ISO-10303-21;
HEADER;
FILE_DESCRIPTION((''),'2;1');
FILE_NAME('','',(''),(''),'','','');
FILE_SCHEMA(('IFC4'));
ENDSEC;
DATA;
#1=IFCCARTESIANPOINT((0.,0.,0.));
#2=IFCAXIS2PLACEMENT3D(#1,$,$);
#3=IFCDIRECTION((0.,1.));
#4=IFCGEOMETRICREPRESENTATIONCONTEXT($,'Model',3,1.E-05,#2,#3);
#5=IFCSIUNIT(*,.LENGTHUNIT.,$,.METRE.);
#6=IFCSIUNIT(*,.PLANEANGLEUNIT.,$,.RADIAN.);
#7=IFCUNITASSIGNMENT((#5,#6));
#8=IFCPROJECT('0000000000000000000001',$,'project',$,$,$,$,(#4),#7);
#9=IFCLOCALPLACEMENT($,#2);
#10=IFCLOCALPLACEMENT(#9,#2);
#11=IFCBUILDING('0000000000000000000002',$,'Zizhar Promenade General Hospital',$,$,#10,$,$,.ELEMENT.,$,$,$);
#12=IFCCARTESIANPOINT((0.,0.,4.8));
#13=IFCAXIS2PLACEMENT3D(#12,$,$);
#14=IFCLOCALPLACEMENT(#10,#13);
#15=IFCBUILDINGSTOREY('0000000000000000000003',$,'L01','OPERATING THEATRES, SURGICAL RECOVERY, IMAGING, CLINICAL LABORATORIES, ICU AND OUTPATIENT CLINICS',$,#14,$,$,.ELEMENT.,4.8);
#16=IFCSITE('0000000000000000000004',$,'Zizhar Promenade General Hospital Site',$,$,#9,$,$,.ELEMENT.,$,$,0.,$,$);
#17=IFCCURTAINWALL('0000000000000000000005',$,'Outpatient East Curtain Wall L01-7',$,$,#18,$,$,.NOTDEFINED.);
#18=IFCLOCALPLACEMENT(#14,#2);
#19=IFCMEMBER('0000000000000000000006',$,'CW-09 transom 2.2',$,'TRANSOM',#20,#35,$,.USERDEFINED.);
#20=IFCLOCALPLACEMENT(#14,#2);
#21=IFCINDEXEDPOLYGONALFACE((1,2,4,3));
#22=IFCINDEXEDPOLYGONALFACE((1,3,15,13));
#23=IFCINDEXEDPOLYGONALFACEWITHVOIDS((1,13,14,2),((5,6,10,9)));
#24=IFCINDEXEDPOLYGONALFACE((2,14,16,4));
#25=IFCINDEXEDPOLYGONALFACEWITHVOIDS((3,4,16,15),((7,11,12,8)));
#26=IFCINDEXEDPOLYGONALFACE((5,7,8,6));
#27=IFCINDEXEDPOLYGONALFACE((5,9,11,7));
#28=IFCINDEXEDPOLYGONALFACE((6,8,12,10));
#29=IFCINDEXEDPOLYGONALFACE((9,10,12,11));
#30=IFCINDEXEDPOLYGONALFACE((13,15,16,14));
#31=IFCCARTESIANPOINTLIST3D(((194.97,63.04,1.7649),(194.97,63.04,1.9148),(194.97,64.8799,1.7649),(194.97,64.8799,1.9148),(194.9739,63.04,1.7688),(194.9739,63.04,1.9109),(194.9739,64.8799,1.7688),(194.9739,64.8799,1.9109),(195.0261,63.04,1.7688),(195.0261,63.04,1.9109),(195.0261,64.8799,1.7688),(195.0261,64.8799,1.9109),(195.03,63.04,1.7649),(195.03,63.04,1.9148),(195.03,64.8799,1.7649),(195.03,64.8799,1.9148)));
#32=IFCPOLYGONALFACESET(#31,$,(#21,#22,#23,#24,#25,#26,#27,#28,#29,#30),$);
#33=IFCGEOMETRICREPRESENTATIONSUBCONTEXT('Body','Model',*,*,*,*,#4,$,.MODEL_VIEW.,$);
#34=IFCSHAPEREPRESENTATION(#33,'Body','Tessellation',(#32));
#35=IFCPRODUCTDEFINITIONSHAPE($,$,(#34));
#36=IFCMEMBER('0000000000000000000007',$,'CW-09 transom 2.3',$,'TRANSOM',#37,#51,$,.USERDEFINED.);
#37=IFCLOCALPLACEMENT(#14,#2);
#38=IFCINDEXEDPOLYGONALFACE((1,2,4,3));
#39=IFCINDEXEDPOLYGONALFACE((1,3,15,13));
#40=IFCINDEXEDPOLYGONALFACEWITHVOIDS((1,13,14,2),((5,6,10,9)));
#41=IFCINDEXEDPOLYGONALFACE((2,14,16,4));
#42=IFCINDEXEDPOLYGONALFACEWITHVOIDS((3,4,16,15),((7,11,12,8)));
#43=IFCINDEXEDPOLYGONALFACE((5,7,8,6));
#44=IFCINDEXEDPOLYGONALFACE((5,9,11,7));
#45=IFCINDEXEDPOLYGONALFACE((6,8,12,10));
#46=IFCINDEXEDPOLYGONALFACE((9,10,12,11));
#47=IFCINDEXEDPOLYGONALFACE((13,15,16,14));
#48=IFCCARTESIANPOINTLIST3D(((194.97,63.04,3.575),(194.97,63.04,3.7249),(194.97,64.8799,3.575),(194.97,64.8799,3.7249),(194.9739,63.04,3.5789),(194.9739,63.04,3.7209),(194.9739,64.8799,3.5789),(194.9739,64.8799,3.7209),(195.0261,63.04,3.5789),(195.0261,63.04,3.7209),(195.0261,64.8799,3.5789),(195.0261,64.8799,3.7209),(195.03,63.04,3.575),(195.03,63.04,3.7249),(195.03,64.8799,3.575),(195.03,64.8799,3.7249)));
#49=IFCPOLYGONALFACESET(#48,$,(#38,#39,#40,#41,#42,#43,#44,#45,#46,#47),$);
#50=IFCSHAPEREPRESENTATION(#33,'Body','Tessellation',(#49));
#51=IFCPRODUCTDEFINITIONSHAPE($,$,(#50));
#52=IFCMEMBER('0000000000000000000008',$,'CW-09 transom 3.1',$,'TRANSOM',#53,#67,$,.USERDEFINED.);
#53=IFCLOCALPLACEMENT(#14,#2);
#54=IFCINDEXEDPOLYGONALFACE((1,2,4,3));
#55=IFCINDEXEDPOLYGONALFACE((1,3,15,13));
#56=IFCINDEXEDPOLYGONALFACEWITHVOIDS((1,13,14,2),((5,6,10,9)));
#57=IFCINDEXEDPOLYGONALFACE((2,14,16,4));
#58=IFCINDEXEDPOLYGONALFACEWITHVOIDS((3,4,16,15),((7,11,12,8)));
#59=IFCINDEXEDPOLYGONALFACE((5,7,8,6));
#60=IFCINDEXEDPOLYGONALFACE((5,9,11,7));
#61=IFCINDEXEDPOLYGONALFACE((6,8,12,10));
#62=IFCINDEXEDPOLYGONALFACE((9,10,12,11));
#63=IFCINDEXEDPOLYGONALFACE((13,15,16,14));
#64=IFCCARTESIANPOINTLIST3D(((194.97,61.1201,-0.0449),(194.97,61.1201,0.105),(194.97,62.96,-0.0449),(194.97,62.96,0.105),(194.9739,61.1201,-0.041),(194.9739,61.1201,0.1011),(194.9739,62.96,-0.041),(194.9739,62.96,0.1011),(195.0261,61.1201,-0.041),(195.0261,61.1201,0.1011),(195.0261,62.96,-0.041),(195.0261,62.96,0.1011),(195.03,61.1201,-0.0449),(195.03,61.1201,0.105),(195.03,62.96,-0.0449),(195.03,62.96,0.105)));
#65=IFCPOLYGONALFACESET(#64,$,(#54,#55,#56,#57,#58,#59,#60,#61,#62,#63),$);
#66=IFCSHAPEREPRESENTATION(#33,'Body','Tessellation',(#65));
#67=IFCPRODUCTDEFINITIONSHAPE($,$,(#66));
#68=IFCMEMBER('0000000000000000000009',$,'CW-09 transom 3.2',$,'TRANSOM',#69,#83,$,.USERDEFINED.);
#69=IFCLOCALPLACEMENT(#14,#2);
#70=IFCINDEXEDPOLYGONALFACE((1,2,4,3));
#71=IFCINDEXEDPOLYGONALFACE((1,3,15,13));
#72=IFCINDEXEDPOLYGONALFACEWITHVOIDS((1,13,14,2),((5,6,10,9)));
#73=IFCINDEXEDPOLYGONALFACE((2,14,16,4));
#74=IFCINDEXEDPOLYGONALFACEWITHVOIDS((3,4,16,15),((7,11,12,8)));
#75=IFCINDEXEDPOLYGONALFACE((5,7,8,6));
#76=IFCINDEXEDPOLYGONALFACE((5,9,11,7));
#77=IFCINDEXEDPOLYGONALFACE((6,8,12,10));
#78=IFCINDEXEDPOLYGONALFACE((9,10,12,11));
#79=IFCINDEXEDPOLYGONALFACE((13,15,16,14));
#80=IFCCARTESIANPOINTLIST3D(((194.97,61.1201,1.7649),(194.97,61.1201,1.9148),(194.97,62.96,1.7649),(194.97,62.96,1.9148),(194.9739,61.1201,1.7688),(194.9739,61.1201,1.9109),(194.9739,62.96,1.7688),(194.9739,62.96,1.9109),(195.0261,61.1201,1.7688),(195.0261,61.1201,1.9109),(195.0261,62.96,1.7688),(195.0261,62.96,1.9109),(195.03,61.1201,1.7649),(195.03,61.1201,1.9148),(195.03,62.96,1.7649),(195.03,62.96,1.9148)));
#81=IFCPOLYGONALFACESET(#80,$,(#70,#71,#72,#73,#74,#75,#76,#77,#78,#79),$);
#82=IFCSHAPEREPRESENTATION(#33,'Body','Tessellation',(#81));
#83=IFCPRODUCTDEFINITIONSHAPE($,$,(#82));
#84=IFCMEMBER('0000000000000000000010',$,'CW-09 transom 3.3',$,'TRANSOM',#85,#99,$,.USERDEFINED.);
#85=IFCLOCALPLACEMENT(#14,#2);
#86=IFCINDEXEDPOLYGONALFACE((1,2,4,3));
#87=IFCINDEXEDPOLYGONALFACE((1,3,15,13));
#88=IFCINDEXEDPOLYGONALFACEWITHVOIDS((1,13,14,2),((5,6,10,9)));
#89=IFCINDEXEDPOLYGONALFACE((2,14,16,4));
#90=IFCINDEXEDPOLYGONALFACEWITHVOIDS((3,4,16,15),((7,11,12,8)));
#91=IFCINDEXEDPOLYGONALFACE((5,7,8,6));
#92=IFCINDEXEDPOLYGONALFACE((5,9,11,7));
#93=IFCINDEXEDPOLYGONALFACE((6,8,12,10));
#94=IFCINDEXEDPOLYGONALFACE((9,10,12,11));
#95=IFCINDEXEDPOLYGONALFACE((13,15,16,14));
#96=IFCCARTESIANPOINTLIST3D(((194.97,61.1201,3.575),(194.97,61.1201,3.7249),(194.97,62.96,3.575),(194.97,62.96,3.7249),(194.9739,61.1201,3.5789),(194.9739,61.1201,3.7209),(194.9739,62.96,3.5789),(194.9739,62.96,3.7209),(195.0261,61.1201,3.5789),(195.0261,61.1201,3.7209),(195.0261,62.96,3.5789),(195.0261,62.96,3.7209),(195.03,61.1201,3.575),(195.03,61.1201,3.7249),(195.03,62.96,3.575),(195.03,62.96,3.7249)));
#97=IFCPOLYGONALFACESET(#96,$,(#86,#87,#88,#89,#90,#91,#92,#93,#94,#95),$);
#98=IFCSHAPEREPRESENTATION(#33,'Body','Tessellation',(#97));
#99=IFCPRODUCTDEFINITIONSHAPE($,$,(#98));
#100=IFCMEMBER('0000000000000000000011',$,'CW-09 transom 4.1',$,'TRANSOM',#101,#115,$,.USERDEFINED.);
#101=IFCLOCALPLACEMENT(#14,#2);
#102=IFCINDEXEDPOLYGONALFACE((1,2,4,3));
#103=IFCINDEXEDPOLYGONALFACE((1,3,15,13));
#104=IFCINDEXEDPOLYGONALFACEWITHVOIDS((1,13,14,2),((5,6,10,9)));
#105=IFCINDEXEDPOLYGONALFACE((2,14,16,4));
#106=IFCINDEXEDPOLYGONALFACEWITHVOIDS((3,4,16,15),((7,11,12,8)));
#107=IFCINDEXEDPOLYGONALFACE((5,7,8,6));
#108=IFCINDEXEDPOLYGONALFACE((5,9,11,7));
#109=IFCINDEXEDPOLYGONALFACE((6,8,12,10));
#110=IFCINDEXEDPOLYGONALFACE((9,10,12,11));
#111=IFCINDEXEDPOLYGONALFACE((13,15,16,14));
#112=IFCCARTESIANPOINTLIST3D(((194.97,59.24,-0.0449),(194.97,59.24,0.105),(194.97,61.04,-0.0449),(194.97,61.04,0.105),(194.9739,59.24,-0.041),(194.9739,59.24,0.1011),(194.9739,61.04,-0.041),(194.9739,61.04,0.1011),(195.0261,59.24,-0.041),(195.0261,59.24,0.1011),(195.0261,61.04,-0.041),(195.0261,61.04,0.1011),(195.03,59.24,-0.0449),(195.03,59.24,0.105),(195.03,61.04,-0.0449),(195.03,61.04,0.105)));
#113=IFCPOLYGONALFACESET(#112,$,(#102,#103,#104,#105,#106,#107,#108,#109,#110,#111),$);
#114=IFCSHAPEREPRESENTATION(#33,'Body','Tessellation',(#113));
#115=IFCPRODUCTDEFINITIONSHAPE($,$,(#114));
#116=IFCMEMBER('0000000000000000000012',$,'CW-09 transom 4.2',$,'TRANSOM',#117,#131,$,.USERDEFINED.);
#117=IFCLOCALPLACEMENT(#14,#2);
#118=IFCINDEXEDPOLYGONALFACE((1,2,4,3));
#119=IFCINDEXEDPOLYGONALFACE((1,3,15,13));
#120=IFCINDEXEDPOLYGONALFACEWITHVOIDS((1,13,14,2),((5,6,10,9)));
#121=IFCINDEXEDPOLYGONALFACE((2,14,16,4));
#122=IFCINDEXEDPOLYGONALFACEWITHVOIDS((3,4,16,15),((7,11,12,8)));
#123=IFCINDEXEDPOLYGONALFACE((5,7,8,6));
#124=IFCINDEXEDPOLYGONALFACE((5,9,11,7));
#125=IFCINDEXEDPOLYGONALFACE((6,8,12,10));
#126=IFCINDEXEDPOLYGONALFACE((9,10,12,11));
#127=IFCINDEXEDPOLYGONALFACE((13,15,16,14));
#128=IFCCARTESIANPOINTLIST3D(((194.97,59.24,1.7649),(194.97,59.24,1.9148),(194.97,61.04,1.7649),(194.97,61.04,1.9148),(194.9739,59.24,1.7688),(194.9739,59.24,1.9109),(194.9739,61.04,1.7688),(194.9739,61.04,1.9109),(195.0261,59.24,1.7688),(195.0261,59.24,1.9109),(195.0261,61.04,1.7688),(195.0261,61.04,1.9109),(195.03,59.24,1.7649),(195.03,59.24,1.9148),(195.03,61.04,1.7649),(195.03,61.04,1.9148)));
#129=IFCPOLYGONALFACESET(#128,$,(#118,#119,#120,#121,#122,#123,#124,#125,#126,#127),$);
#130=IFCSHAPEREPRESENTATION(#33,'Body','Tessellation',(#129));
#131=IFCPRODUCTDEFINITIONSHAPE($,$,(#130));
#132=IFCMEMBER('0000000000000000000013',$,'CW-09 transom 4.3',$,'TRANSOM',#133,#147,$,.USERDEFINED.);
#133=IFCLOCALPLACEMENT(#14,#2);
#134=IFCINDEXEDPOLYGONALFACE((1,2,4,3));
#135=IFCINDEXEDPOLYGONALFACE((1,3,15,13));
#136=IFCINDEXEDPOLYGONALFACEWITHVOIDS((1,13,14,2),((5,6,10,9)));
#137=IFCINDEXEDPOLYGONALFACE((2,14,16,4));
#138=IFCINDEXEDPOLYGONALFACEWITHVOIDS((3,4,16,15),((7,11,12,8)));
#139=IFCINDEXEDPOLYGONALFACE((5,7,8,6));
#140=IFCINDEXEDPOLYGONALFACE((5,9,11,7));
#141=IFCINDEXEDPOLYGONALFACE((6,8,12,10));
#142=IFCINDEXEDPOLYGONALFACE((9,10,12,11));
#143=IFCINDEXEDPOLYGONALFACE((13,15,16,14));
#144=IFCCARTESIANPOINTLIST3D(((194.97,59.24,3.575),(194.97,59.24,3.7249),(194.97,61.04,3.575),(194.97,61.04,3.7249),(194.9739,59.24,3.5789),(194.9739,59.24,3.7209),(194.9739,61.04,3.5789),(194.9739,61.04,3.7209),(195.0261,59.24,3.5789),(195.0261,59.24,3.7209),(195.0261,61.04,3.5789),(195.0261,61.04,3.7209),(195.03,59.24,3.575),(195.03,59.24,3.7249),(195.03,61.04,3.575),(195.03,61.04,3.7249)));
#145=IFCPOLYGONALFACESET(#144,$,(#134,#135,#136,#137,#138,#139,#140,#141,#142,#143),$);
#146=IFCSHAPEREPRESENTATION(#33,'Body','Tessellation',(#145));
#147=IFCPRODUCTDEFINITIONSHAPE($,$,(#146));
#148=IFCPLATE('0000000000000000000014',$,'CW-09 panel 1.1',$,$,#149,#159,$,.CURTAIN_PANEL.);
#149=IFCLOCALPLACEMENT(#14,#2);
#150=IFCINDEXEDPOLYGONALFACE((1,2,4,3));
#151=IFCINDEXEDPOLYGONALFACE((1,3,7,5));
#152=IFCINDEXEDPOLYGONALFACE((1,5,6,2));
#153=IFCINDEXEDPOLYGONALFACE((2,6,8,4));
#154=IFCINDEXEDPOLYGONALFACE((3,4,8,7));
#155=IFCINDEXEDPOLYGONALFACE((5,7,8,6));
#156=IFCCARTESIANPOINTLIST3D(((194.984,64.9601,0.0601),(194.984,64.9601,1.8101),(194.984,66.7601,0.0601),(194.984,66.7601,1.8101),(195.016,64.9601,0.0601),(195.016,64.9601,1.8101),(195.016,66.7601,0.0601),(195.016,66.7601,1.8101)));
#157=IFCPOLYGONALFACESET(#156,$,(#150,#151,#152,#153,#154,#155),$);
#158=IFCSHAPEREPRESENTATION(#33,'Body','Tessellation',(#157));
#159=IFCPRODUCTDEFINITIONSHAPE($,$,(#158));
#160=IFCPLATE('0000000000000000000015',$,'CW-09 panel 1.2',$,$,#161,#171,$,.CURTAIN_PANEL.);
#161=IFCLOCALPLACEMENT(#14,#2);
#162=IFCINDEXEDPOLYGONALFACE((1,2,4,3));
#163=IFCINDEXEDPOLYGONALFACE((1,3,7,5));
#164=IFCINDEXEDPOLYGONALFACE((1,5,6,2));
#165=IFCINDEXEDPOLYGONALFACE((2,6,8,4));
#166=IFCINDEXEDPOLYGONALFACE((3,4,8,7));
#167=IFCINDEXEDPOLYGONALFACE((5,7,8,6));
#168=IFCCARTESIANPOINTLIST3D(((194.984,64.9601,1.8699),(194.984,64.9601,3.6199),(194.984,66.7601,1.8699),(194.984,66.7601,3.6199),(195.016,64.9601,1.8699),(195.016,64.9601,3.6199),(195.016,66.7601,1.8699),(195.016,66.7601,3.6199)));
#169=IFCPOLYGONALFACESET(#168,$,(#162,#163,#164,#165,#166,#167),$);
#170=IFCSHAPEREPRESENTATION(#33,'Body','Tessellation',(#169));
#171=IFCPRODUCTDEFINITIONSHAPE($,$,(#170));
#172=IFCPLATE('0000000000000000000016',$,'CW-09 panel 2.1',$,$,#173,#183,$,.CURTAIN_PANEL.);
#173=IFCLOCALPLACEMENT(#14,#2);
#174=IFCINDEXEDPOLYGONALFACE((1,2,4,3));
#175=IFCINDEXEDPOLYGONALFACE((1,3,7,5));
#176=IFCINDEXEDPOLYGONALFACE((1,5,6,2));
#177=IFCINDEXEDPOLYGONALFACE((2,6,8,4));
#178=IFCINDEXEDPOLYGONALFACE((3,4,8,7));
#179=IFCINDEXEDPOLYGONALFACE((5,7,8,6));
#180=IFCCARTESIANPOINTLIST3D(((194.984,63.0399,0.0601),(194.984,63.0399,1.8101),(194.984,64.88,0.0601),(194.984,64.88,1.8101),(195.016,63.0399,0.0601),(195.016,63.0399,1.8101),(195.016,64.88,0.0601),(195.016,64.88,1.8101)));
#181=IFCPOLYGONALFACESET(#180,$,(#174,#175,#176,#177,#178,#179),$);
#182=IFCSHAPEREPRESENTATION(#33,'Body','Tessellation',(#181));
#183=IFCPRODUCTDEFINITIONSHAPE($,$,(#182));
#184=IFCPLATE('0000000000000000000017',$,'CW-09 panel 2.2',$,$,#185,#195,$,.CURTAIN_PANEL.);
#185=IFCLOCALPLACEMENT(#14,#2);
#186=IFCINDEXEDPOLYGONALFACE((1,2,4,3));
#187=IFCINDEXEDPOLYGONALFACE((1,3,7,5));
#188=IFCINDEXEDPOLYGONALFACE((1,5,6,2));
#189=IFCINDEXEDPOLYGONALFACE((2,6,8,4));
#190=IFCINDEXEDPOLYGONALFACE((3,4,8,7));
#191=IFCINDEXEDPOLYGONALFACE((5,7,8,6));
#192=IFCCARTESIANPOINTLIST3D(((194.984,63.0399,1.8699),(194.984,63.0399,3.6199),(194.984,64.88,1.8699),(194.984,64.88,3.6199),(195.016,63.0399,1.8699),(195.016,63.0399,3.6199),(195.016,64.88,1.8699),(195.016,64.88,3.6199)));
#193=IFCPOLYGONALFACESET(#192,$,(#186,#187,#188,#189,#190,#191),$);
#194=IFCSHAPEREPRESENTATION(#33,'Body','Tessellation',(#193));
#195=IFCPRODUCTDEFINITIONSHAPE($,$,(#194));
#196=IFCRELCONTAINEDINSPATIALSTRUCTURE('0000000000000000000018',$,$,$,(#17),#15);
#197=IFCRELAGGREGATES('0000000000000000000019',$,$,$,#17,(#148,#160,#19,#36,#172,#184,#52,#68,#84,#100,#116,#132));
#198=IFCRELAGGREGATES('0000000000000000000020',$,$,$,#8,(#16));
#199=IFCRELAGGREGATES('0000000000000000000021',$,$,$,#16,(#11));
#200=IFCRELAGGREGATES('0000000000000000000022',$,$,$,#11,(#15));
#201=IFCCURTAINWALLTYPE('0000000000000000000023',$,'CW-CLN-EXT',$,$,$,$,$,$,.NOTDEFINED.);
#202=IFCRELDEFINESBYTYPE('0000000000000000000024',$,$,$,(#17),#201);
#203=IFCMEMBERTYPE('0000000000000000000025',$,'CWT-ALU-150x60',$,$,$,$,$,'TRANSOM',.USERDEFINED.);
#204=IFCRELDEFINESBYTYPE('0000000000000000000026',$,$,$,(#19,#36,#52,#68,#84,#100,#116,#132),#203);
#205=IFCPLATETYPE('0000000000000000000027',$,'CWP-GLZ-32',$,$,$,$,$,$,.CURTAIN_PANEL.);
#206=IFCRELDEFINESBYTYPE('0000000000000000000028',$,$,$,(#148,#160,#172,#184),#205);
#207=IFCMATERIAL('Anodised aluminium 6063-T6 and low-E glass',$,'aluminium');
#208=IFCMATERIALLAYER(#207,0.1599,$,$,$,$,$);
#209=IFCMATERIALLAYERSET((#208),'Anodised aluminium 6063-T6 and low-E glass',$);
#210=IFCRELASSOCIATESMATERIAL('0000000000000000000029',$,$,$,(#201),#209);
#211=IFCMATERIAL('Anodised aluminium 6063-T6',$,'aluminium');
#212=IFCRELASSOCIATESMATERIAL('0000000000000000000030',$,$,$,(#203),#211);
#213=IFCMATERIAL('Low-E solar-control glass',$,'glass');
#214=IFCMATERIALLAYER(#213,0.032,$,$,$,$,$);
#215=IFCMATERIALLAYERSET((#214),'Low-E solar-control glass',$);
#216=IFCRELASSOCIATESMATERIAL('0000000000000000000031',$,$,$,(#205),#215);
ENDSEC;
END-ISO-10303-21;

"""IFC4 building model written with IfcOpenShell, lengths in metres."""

from ifc_helpers import new_model, si_unit, direction, frame, origin, origin_2d, place, context, subcontext, project, spatial, rectangle, hollow_rectangle, extrude, material, layer, layer_set, material_profile, profile_set, type_object, element, aggregate, save


model = new_model("IFC4")

# Units and contexts
model_context = context("Model", 3, precision=1e-05, world=origin(), true_north=direction((0.0, 1.0)))
body_context = subcontext(model_context, "Body", "Model", "MODEL_VIEW")
ifc_project = project(units=[si_unit("LENGTHUNIT", "METRE"), si_unit("PLANEANGLEUNIT", "RADIAN")], contexts=[model_context])

# Site, building, storey
site_placement = place(None, origin())
site = spatial("IfcSite", under=ifc_project, at=site_placement, Name="Zizhar Promenade General Hospital Site", CompositionType="ELEMENT", RefElevation=0.0)
building_placement = place(site_placement, origin())
building = spatial("IfcBuilding", under=site, at=building_placement, Name="Zizhar Promenade General Hospital", CompositionType="ELEMENT")
storey_placement = place(building_placement, frame((0.0, 0.0, 4.8)))
storey = spatial("IfcBuildingStorey", under=building, at=storey_placement, Name="L01", Description="OPERATING THEATRES, SURGICAL RECOVERY, IMAGING, CLINICAL LABORATORIES, ICU AND OUTPATIENT CLINICS", CompositionType="ELEMENT", Elevation=4.8)

# Curtain wall, members, plates
ifc_material_1 = material(Name="Anodised aluminium 6063-T6 and low-E glass", Category="aluminium")
ifc_layer_1 = layer(ifc_material_1, 0.1599)
ifc_layer_set_1 = layer_set([ifc_layer_1], Name="Anodised aluminium 6063-T6 and low-E glass")
curtain_wall_type = type_object("IfcCurtainWallType", Name="CW-CLN-EXT", PredefinedType="NOTDEFINED", material=ifc_layer_set_1)
curtain_wall_placement = place(storey_placement, origin())
curtain_wall = element("IfcCurtainWall", 1, at=curtain_wall_placement, inside=storey, type_object=curtain_wall_type, Name="Outpatient East Curtain Wall L01-7", PredefinedType="NOTDEFINED")
ifc_material_2 = material(Name="Anodised aluminium 6063-T6", Category="aluminium")
ifc_material_profile_1 = material_profile(ifc_material_2, hollow_rectangle(XDim=0.0601, YDim=0.1499, WallThickness=0.0039, at=origin_2d()))
ifc_profile_set_1 = profile_set([ifc_material_profile_1], Name="Anodised aluminium 6063-T6")
member_type_1 = type_object("IfcMemberType", Name="CWT-ALU-150x60", ElementType="TRANSOM", PredefinedType="USERDEFINED", material=ifc_profile_set_1)
member_1_placement = place(storey_placement, frame((195.0, 64.8799, 1.8398), z_axis=(0.0, -1.0, 0.0), x_axis=(1.0, 0.0, 0.0)))
member_1 = element("IfcMember", 2, at=member_1_placement, type_object=member_type_1, Name="CW-09 transom 2.2", ObjectType="TRANSOM", PredefinedType="USERDEFINED", context=body_context, shape_type="SweptSolid", body=[
    extrude(hollow_rectangle(XDim=0.0601, YDim=0.1499, WallThickness=0.0039, at=origin_2d()), origin(), (0.0, 0.0, 1.0), 1.8398),
])
member_2_placement = place(storey_placement, frame((195.0, 64.8799, 3.6499), z_axis=(0.0, -1.0, 0.0), x_axis=(1.0, 0.0, 0.0)))
member_2 = element("IfcMember", 3, at=member_2_placement, type_object=member_type_1, Name="CW-09 transom 2.3", ObjectType="TRANSOM", PredefinedType="USERDEFINED", context=body_context, shape_type="SweptSolid", body=[
    extrude(hollow_rectangle(XDim=0.0601, YDim=0.1499, WallThickness=0.0039, at=origin_2d()), origin(), (0.0, 0.0, 1.0), 1.8398),
])
member_3_placement = place(storey_placement, frame((195.0, 62.96, 0.03), z_axis=(0.0, -1.0, 0.0), x_axis=(1.0, 0.0, 0.0)))
member_3 = element("IfcMember", 4, at=member_3_placement, type_object=member_type_1, Name="CW-09 transom 3.1", ObjectType="TRANSOM", PredefinedType="USERDEFINED", context=body_context, shape_type="SweptSolid", body=[
    extrude(hollow_rectangle(XDim=0.0601, YDim=0.1499, WallThickness=0.0039, at=origin_2d()), origin(), (0.0, 0.0, 1.0), 1.8398),
])
member_4_placement = place(storey_placement, frame((195.0, 62.96, 1.8398), z_axis=(0.0, -1.0, 0.0), x_axis=(1.0, 0.0, 0.0)))
member_4 = element("IfcMember", 5, at=member_4_placement, type_object=member_type_1, Name="CW-09 transom 3.2", ObjectType="TRANSOM", PredefinedType="USERDEFINED", context=body_context, shape_type="SweptSolid", body=[
    extrude(hollow_rectangle(XDim=0.0601, YDim=0.1499, WallThickness=0.0039, at=origin_2d()), origin(), (0.0, 0.0, 1.0), 1.8398),
])
member_5_placement = place(storey_placement, frame((195.0, 62.96, 3.6499), z_axis=(0.0, -1.0, 0.0), x_axis=(1.0, 0.0, 0.0)))
member_5 = element("IfcMember", 6, at=member_5_placement, type_object=member_type_1, Name="CW-09 transom 3.3", ObjectType="TRANSOM", PredefinedType="USERDEFINED", context=body_context, shape_type="SweptSolid", body=[
    extrude(hollow_rectangle(XDim=0.0601, YDim=0.1499, WallThickness=0.0039, at=origin_2d()), origin(), (0.0, 0.0, 1.0), 1.8398),
])
member_6_placement = place(storey_placement, frame((195.0, 61.04, 0.03), z_axis=(0.0, -1.0, 0.0), x_axis=(1.0, 0.0, 0.0)))
member_6 = element("IfcMember", 7, at=member_6_placement, type_object=member_type_1, Name="CW-09 transom 4.1", ObjectType="TRANSOM", PredefinedType="USERDEFINED", context=body_context, shape_type="SweptSolid", body=[
    extrude(hollow_rectangle(XDim=0.0601, YDim=0.1499, WallThickness=0.0039, at=origin_2d()), origin(), (0.0, 0.0, 1.0), 1.8),
])
member_7_placement = place(storey_placement, frame((195.0, 61.04, 1.8398), z_axis=(0.0, -1.0, 0.0), x_axis=(1.0, 0.0, 0.0)))
member_7 = element("IfcMember", 8, at=member_7_placement, type_object=member_type_1, Name="CW-09 transom 4.2", ObjectType="TRANSOM", PredefinedType="USERDEFINED", context=body_context, shape_type="SweptSolid", body=[
    extrude(hollow_rectangle(XDim=0.0601, YDim=0.1499, WallThickness=0.0039, at=origin_2d()), origin(), (0.0, 0.0, 1.0), 1.8),
])
member_8_placement = place(storey_placement, frame((195.0, 61.04, 3.6499), z_axis=(0.0, -1.0, 0.0), x_axis=(1.0, 0.0, 0.0)))
member_8 = element("IfcMember", 9, at=member_8_placement, type_object=member_type_1, Name="CW-09 transom 4.3", ObjectType="TRANSOM", PredefinedType="USERDEFINED", context=body_context, shape_type="SweptSolid", body=[
    extrude(hollow_rectangle(XDim=0.0601, YDim=0.1499, WallThickness=0.0039, at=origin_2d()), origin(), (0.0, 0.0, 1.0), 1.8),
])
ifc_material_3 = material(Name="Low-E solar-control glass", Category="glass")
ifc_layer_2 = layer(ifc_material_3, 0.032)
ifc_layer_set_2 = layer_set([ifc_layer_2], Name="Low-E solar-control glass")
plate_type = type_object("IfcPlateType", Name="CWP-GLZ-32", PredefinedType="CURTAIN_PANEL", material=ifc_layer_set_2)
plate_1_placement = place(storey_placement, frame((195.0, 65.8601, 0.0601), z_axis=(0.0, 0.0, 1.0), x_axis=(0.0, -1.0, 0.0)))
plate_1 = element("IfcPlate", 10, at=plate_1_placement, type_object=plate_type, Name="CW-09 panel 1.1", PredefinedType="CURTAIN_PANEL", context=body_context, shape_type="SweptSolid", body=[
    extrude(rectangle(XDim=1.8, YDim=0.032, at=origin_2d()), origin(), (0.0, 0.0, 1.0), 1.75),
])
plate_2_placement = place(storey_placement, frame((195.0, 65.8601, 1.8699), z_axis=(0.0, 0.0, 1.0), x_axis=(0.0, -1.0, 0.0)))
plate_2 = element("IfcPlate", 11, at=plate_2_placement, type_object=plate_type, Name="CW-09 panel 1.2", PredefinedType="CURTAIN_PANEL", context=body_context, shape_type="SweptSolid", body=[
    extrude(rectangle(XDim=1.8, YDim=0.032, at=origin_2d()), origin(), (0.0, 0.0, 1.0), 1.75),
])
plate_3_placement = place(storey_placement, frame((195.0, 63.96, 0.0601), z_axis=(0.0, 0.0, 1.0), x_axis=(0.0, -1.0, 0.0)))
plate_3 = element("IfcPlate", 12, at=plate_3_placement, type_object=plate_type, Name="CW-09 panel 2.1", PredefinedType="CURTAIN_PANEL", context=body_context, shape_type="SweptSolid", body=[
    extrude(rectangle(XDim=1.8401, YDim=0.032, at=origin_2d()), origin(), (0.0, 0.0, 1.0), 1.75),
])
plate_4_placement = place(storey_placement, frame((195.0, 63.96, 1.8699), z_axis=(0.0, 0.0, 1.0), x_axis=(0.0, -1.0, 0.0)))
plate_4 = element("IfcPlate", 13, at=plate_4_placement, type_object=plate_type, Name="CW-09 panel 2.2", PredefinedType="CURTAIN_PANEL", context=body_context, shape_type="SweptSolid", body=[
    extrude(rectangle(XDim=1.8401, YDim=0.032, at=origin_2d()), origin(), (0.0, 0.0, 1.0), 1.75),
])
aggregate(curtain_wall, [plate_1, plate_2, member_1, member_2, plate_3, plate_4, member_3, member_4, member_5, member_6, member_7, member_8])

save(model, "model.ifc")
